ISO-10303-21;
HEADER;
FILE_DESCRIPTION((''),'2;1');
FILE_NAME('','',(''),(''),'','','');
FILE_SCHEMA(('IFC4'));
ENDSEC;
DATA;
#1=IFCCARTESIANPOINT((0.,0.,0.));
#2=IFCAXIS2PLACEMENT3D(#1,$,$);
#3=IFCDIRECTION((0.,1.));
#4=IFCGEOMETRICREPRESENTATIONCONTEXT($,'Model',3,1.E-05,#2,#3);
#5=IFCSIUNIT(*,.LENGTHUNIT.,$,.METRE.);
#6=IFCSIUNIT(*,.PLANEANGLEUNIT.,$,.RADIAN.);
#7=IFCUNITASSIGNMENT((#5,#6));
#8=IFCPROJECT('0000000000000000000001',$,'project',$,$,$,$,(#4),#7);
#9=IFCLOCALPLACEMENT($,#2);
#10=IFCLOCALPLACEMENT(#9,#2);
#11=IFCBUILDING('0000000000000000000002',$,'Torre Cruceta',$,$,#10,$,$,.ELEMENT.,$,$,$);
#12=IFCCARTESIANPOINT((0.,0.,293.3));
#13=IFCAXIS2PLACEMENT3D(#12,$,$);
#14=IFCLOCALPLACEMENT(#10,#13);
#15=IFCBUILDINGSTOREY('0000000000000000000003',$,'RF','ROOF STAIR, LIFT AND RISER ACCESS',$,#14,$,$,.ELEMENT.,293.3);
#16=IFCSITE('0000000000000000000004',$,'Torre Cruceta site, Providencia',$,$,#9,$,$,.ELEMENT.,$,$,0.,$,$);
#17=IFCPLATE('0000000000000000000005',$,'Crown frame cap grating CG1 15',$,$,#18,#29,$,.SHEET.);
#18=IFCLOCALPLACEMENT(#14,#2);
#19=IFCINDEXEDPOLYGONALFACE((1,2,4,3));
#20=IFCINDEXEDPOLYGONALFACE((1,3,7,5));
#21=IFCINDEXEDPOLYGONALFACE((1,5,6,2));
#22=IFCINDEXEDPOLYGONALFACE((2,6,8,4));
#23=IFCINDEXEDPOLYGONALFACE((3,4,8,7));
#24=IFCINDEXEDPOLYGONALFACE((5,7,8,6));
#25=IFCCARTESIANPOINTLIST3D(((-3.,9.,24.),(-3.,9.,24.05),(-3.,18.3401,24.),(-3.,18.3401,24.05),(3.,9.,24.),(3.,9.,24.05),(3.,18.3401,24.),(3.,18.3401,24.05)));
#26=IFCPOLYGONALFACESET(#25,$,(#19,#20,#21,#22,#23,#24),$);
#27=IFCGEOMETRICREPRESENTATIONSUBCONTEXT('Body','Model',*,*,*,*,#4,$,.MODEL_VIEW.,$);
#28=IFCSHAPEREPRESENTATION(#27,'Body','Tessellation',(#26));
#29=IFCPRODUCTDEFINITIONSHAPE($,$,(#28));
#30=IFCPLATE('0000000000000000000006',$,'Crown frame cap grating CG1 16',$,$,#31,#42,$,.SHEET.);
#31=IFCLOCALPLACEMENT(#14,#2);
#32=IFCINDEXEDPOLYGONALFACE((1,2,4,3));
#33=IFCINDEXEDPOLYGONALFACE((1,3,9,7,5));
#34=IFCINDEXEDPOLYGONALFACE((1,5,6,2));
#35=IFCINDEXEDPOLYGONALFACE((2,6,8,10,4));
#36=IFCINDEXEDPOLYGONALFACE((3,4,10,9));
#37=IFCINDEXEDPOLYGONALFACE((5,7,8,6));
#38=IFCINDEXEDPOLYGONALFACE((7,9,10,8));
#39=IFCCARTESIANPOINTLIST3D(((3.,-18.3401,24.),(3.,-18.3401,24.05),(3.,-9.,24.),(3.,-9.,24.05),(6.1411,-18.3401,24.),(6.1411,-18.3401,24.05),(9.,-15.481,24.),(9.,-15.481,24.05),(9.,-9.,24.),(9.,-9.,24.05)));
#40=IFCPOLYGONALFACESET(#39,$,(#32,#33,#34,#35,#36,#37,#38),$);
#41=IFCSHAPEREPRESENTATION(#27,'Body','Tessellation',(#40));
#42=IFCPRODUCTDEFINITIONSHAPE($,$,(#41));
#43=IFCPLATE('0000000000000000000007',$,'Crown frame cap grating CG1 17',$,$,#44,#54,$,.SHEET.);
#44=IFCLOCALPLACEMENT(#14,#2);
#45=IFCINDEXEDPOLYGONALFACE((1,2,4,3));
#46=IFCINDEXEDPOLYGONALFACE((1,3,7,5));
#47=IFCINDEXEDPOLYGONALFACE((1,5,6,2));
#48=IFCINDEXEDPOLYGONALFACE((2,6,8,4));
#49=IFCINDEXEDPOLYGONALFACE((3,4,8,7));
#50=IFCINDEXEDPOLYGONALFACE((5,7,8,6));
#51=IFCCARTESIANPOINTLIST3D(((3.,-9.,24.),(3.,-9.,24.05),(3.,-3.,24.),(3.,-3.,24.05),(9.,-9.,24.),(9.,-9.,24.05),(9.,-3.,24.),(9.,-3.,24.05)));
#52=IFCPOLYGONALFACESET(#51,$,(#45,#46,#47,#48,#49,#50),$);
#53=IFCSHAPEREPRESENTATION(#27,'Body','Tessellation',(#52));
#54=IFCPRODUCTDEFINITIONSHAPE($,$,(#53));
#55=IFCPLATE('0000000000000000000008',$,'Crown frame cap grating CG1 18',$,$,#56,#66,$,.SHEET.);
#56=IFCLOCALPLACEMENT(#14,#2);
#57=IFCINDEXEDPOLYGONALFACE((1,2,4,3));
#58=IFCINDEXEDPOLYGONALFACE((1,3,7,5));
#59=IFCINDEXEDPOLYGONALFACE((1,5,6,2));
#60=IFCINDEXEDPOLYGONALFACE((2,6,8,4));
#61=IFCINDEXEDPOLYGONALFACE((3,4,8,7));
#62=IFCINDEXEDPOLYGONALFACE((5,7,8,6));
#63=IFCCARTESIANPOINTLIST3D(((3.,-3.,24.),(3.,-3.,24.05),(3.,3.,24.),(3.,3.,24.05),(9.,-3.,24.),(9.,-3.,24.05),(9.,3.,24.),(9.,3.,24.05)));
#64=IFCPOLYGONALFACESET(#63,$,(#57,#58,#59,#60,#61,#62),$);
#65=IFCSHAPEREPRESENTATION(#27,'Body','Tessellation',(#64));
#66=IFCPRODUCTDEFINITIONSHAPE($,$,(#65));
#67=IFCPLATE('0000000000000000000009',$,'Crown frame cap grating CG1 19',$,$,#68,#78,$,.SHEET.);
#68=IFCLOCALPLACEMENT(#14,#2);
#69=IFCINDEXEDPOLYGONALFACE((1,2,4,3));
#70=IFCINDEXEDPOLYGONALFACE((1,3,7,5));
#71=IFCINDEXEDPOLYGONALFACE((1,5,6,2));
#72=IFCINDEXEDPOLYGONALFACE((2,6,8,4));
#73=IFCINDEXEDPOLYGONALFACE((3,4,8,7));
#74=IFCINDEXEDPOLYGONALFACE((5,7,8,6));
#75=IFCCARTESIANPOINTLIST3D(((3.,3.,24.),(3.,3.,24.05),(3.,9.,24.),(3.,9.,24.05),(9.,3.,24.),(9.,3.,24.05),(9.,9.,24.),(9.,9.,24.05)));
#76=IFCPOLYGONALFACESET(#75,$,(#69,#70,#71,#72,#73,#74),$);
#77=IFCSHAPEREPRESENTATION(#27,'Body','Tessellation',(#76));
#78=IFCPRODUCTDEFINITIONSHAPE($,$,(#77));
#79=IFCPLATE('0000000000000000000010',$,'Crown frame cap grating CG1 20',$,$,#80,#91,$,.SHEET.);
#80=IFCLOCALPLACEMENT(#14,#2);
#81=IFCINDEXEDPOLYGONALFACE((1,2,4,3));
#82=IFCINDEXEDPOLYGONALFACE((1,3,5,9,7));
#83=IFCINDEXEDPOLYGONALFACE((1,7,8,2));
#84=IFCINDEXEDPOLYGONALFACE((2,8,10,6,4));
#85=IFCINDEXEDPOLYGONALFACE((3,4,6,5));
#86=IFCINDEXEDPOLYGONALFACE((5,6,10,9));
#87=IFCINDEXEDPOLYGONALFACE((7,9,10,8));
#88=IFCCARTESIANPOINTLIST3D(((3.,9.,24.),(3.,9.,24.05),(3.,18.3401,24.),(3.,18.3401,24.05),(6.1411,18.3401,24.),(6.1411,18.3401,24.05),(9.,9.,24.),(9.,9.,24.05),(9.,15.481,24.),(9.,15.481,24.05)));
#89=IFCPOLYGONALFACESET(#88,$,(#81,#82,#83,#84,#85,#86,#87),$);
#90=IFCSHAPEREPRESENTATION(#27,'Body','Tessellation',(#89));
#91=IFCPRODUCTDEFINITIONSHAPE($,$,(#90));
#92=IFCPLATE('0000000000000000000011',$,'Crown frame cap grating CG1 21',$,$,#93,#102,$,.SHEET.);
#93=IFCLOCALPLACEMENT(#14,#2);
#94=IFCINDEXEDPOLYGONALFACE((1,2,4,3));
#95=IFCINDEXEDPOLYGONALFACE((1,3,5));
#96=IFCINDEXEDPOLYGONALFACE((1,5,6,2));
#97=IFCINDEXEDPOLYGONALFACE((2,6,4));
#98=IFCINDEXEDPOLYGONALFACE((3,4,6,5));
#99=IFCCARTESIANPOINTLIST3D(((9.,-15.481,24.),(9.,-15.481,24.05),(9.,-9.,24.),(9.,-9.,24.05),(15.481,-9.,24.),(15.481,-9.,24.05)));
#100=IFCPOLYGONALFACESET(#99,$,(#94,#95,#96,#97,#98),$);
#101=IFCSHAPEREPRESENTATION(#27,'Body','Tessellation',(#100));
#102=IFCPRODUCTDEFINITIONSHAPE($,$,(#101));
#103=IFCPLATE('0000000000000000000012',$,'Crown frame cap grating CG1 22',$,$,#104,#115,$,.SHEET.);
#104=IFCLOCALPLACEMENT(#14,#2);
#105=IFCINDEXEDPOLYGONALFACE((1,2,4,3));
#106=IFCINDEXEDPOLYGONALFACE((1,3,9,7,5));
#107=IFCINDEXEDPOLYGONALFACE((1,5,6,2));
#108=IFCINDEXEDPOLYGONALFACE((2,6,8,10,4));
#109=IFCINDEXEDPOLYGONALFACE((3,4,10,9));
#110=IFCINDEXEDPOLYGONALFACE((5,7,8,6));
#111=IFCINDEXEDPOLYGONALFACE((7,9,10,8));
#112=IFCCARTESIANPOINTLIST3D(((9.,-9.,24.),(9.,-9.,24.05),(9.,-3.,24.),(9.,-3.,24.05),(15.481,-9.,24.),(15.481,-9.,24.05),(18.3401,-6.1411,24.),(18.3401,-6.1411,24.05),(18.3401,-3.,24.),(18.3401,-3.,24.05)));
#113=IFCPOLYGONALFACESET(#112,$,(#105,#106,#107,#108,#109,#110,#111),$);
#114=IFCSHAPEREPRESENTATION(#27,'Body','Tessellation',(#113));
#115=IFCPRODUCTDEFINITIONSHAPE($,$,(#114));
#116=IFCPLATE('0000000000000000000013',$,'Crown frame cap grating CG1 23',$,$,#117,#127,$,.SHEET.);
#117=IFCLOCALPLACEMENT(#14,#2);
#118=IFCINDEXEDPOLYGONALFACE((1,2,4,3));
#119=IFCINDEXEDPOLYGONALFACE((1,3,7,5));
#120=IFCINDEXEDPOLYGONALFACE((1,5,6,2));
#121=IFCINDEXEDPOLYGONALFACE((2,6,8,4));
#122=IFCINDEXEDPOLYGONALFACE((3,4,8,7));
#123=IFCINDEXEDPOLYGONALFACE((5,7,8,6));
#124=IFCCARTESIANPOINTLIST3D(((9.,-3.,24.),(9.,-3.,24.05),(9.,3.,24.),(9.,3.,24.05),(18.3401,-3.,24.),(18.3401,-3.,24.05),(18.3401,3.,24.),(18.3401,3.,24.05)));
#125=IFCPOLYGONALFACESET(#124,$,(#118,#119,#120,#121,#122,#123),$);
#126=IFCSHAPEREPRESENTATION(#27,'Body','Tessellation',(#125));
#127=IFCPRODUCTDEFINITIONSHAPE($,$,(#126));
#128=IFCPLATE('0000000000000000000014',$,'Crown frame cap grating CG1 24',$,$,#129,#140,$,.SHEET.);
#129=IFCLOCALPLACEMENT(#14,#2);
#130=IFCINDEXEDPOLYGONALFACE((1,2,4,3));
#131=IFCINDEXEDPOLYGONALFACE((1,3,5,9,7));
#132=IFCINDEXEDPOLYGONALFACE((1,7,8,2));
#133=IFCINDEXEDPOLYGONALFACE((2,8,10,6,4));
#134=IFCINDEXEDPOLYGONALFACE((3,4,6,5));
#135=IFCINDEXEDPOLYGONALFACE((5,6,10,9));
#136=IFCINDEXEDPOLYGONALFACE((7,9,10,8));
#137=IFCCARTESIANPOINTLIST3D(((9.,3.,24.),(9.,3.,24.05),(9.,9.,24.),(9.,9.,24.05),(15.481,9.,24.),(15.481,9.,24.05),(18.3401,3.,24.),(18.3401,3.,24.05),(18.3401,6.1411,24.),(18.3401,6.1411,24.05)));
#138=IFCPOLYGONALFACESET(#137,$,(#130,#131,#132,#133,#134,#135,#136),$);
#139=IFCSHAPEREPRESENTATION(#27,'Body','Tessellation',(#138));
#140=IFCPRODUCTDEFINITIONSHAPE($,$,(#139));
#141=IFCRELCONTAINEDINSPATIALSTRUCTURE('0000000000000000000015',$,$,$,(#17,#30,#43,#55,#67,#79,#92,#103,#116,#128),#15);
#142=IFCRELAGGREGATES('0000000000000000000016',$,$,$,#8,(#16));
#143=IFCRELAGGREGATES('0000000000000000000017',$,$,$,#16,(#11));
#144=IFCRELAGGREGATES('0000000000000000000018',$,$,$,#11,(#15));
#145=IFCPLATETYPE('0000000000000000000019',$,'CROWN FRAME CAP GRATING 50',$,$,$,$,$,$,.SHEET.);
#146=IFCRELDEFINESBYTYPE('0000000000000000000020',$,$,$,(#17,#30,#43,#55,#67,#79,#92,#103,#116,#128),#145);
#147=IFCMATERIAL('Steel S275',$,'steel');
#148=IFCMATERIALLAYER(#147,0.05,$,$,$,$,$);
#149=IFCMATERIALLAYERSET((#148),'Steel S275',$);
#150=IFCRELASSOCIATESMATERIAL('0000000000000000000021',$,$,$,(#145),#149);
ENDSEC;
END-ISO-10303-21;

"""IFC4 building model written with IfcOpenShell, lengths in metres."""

from ifc_helpers import new_model, si_unit, direction, frame, origin, place, context, subcontext, project, spatial, polyline, outline, extrude, material, layer, layer_set, type_object, element, save


model = new_model("IFC4")

# Units and contexts
model_context = context("Model", 3, precision=1e-05, world=origin(), true_north=direction((0.0, 1.0)))
body_context = subcontext(model_context, "Body", "Model", "MODEL_VIEW")
ifc_project = project(units=[si_unit("LENGTHUNIT", "METRE"), si_unit("PLANEANGLEUNIT", "RADIAN")], contexts=[model_context])

# Site, building, storey
site_placement = place(None, origin())
site = spatial("IfcSite", under=ifc_project, at=site_placement, Name="Torre Cruceta site, Providencia", CompositionType="ELEMENT", RefElevation=0.0)
building_placement = place(site_placement, origin())
building = spatial("IfcBuilding", under=site, at=building_placement, Name="Torre Cruceta", CompositionType="ELEMENT")
storey_placement = place(building_placement, frame((0.0, 0.0, 293.3)))
storey = spatial("IfcBuildingStorey", under=building, at=storey_placement, Name="RF", Description="ROOF STAIR, LIFT AND RISER ACCESS", CompositionType="ELEMENT", Elevation=293.3)

# Plates
ifc_material_1 = material(Name="Steel S275", Category="steel")
ifc_layer = layer(ifc_material_1, 0.05)
ifc_layer_set = layer_set([ifc_layer], Name="Steel S275")
plate_type = type_object("IfcPlateType", Name="CROWN FRAME CAP GRATING 50", PredefinedType="SHEET", material=ifc_layer_set)
plate_1_placement = place(storey_placement, frame((0.0, 0.0, 24.0)))
element("IfcPlate", 1, at=plate_1_placement, inside=storey, type_object=plate_type, Name="Crown frame cap grating CG1 15", PredefinedType="SHEET", context=body_context, shape_type="SweptSolid", body=[
    extrude(outline(polyline([(-3.0, 18.3401), (-3.0, 9.0), (3.0, 9.0), (3.0, 18.3401), (-3.0, 18.3401)])), origin(), (0.0, 0.0, 1.0), 0.05),
])
plate_2_placement = place(storey_placement, frame((0.0, 0.0, 24.0)))
element("IfcPlate", 2, at=plate_2_placement, inside=storey, type_object=plate_type, Name="Crown frame cap grating CG1 16", PredefinedType="SHEET", context=body_context, shape_type="SweptSolid", body=[
    extrude(outline(polyline([(9.0, -15.481), (9.0, -9.0), (3.0, -9.0), (3.0, -18.3401), (6.1411, -18.3401), (9.0, -15.481)])), origin(), (0.0, 0.0, 1.0), 0.05),
])
plate_3_placement = place(storey_placement, frame((0.0, 0.0, 24.0)))
element("IfcPlate", 3, at=plate_3_placement, inside=storey, type_object=plate_type, Name="Crown frame cap grating CG1 17", PredefinedType="SHEET", context=body_context, shape_type="SweptSolid", body=[
    extrude(outline(polyline([(9.0, -9.0), (9.0, -3.0), (3.0, -3.0), (3.0, -9.0), (9.0, -9.0)])), origin(), (0.0, 0.0, 1.0), 0.05),
])
plate_4_placement = place(storey_placement, frame((0.0, 0.0, 24.0)))
element("IfcPlate", 4, at=plate_4_placement, inside=storey, type_object=plate_type, Name="Crown frame cap grating CG1 18", PredefinedType="SHEET", context=body_context, shape_type="SweptSolid", body=[
    extrude(outline(polyline([(9.0, -3.0), (9.0, 3.0), (3.0, 3.0), (3.0, -3.0), (9.0, -3.0)])), origin(), (0.0, 0.0, 1.0), 0.05),
])
plate_5_placement = place(storey_placement, frame((0.0, 0.0, 24.0)))
element("IfcPlate", 5, at=plate_5_placement, inside=storey, type_object=plate_type, Name="Crown frame cap grating CG1 19", PredefinedType="SHEET", context=body_context, shape_type="SweptSolid", body=[
    extrude(outline(polyline([(9.0, 3.0), (9.0, 9.0), (3.0, 9.0), (3.0, 3.0), (9.0, 3.0)])), origin(), (0.0, 0.0, 1.0), 0.05),
])
plate_6_placement = place(storey_placement, frame((0.0, 0.0, 24.0)))
element("IfcPlate", 6, at=plate_6_placement, inside=storey, type_object=plate_type, Name="Crown frame cap grating CG1 20", PredefinedType="SHEET", context=body_context, shape_type="SweptSolid", body=[
    extrude(outline(polyline([(3.0, 18.3401), (3.0, 9.0), (9.0, 9.0), (9.0, 15.481), (6.1411, 18.3401), (3.0, 18.3401)])), origin(), (0.0, 0.0, 1.0), 0.05),
])
plate_7_placement = place(storey_placement, frame((0.0, 0.0, 24.0)))
element("IfcPlate", 7, at=plate_7_placement, inside=storey, type_object=plate_type, Name="Crown frame cap grating CG1 21", PredefinedType="SHEET", context=body_context, shape_type="SweptSolid", body=[
    extrude(outline(polyline([(15.481, -9.0), (9.0, -9.0), (9.0, -15.481), (15.481, -9.0)])), origin(), (0.0, 0.0, 1.0), 0.05),
])
plate_8_placement = place(storey_placement, frame((0.0, 0.0, 24.0)))
element("IfcPlate", 8, at=plate_8_placement, inside=storey, type_object=plate_type, Name="Crown frame cap grating CG1 22", PredefinedType="SHEET", context=body_context, shape_type="SweptSolid", body=[
    extrude(outline(polyline([(18.3401, -3.0), (9.0, -3.0), (9.0, -9.0), (15.481, -9.0), (18.3401, -6.1411), (18.3401, -3.0)])), origin(), (0.0, 0.0, 1.0), 0.05),
])
plate_9_placement = place(storey_placement, frame((0.0, 0.0, 24.0)))
element("IfcPlate", 9, at=plate_9_placement, inside=storey, type_object=plate_type, Name="Crown frame cap grating CG1 23", PredefinedType="SHEET", context=body_context, shape_type="SweptSolid", body=[
    extrude(outline(polyline([(18.3401, 3.0), (9.0, 3.0), (9.0, -3.0), (18.3401, -3.0), (18.3401, 3.0)])), origin(), (0.0, 0.0, 1.0), 0.05),
])
plate_10_placement = place(storey_placement, frame((0.0, 0.0, 24.0)))
element("IfcPlate", 10, at=plate_10_placement, inside=storey, type_object=plate_type, Name="Crown frame cap grating CG1 24", PredefinedType="SHEET", context=body_context, shape_type="SweptSolid", body=[
    extrude(outline(polyline([(15.481, 9.0), (9.0, 9.0), (9.0, 3.0), (18.3401, 3.0), (18.3401, 6.1411), (15.481, 9.0)])), origin(), (0.0, 0.0, 1.0), 0.05),
])

save(model, "model.ifc")
